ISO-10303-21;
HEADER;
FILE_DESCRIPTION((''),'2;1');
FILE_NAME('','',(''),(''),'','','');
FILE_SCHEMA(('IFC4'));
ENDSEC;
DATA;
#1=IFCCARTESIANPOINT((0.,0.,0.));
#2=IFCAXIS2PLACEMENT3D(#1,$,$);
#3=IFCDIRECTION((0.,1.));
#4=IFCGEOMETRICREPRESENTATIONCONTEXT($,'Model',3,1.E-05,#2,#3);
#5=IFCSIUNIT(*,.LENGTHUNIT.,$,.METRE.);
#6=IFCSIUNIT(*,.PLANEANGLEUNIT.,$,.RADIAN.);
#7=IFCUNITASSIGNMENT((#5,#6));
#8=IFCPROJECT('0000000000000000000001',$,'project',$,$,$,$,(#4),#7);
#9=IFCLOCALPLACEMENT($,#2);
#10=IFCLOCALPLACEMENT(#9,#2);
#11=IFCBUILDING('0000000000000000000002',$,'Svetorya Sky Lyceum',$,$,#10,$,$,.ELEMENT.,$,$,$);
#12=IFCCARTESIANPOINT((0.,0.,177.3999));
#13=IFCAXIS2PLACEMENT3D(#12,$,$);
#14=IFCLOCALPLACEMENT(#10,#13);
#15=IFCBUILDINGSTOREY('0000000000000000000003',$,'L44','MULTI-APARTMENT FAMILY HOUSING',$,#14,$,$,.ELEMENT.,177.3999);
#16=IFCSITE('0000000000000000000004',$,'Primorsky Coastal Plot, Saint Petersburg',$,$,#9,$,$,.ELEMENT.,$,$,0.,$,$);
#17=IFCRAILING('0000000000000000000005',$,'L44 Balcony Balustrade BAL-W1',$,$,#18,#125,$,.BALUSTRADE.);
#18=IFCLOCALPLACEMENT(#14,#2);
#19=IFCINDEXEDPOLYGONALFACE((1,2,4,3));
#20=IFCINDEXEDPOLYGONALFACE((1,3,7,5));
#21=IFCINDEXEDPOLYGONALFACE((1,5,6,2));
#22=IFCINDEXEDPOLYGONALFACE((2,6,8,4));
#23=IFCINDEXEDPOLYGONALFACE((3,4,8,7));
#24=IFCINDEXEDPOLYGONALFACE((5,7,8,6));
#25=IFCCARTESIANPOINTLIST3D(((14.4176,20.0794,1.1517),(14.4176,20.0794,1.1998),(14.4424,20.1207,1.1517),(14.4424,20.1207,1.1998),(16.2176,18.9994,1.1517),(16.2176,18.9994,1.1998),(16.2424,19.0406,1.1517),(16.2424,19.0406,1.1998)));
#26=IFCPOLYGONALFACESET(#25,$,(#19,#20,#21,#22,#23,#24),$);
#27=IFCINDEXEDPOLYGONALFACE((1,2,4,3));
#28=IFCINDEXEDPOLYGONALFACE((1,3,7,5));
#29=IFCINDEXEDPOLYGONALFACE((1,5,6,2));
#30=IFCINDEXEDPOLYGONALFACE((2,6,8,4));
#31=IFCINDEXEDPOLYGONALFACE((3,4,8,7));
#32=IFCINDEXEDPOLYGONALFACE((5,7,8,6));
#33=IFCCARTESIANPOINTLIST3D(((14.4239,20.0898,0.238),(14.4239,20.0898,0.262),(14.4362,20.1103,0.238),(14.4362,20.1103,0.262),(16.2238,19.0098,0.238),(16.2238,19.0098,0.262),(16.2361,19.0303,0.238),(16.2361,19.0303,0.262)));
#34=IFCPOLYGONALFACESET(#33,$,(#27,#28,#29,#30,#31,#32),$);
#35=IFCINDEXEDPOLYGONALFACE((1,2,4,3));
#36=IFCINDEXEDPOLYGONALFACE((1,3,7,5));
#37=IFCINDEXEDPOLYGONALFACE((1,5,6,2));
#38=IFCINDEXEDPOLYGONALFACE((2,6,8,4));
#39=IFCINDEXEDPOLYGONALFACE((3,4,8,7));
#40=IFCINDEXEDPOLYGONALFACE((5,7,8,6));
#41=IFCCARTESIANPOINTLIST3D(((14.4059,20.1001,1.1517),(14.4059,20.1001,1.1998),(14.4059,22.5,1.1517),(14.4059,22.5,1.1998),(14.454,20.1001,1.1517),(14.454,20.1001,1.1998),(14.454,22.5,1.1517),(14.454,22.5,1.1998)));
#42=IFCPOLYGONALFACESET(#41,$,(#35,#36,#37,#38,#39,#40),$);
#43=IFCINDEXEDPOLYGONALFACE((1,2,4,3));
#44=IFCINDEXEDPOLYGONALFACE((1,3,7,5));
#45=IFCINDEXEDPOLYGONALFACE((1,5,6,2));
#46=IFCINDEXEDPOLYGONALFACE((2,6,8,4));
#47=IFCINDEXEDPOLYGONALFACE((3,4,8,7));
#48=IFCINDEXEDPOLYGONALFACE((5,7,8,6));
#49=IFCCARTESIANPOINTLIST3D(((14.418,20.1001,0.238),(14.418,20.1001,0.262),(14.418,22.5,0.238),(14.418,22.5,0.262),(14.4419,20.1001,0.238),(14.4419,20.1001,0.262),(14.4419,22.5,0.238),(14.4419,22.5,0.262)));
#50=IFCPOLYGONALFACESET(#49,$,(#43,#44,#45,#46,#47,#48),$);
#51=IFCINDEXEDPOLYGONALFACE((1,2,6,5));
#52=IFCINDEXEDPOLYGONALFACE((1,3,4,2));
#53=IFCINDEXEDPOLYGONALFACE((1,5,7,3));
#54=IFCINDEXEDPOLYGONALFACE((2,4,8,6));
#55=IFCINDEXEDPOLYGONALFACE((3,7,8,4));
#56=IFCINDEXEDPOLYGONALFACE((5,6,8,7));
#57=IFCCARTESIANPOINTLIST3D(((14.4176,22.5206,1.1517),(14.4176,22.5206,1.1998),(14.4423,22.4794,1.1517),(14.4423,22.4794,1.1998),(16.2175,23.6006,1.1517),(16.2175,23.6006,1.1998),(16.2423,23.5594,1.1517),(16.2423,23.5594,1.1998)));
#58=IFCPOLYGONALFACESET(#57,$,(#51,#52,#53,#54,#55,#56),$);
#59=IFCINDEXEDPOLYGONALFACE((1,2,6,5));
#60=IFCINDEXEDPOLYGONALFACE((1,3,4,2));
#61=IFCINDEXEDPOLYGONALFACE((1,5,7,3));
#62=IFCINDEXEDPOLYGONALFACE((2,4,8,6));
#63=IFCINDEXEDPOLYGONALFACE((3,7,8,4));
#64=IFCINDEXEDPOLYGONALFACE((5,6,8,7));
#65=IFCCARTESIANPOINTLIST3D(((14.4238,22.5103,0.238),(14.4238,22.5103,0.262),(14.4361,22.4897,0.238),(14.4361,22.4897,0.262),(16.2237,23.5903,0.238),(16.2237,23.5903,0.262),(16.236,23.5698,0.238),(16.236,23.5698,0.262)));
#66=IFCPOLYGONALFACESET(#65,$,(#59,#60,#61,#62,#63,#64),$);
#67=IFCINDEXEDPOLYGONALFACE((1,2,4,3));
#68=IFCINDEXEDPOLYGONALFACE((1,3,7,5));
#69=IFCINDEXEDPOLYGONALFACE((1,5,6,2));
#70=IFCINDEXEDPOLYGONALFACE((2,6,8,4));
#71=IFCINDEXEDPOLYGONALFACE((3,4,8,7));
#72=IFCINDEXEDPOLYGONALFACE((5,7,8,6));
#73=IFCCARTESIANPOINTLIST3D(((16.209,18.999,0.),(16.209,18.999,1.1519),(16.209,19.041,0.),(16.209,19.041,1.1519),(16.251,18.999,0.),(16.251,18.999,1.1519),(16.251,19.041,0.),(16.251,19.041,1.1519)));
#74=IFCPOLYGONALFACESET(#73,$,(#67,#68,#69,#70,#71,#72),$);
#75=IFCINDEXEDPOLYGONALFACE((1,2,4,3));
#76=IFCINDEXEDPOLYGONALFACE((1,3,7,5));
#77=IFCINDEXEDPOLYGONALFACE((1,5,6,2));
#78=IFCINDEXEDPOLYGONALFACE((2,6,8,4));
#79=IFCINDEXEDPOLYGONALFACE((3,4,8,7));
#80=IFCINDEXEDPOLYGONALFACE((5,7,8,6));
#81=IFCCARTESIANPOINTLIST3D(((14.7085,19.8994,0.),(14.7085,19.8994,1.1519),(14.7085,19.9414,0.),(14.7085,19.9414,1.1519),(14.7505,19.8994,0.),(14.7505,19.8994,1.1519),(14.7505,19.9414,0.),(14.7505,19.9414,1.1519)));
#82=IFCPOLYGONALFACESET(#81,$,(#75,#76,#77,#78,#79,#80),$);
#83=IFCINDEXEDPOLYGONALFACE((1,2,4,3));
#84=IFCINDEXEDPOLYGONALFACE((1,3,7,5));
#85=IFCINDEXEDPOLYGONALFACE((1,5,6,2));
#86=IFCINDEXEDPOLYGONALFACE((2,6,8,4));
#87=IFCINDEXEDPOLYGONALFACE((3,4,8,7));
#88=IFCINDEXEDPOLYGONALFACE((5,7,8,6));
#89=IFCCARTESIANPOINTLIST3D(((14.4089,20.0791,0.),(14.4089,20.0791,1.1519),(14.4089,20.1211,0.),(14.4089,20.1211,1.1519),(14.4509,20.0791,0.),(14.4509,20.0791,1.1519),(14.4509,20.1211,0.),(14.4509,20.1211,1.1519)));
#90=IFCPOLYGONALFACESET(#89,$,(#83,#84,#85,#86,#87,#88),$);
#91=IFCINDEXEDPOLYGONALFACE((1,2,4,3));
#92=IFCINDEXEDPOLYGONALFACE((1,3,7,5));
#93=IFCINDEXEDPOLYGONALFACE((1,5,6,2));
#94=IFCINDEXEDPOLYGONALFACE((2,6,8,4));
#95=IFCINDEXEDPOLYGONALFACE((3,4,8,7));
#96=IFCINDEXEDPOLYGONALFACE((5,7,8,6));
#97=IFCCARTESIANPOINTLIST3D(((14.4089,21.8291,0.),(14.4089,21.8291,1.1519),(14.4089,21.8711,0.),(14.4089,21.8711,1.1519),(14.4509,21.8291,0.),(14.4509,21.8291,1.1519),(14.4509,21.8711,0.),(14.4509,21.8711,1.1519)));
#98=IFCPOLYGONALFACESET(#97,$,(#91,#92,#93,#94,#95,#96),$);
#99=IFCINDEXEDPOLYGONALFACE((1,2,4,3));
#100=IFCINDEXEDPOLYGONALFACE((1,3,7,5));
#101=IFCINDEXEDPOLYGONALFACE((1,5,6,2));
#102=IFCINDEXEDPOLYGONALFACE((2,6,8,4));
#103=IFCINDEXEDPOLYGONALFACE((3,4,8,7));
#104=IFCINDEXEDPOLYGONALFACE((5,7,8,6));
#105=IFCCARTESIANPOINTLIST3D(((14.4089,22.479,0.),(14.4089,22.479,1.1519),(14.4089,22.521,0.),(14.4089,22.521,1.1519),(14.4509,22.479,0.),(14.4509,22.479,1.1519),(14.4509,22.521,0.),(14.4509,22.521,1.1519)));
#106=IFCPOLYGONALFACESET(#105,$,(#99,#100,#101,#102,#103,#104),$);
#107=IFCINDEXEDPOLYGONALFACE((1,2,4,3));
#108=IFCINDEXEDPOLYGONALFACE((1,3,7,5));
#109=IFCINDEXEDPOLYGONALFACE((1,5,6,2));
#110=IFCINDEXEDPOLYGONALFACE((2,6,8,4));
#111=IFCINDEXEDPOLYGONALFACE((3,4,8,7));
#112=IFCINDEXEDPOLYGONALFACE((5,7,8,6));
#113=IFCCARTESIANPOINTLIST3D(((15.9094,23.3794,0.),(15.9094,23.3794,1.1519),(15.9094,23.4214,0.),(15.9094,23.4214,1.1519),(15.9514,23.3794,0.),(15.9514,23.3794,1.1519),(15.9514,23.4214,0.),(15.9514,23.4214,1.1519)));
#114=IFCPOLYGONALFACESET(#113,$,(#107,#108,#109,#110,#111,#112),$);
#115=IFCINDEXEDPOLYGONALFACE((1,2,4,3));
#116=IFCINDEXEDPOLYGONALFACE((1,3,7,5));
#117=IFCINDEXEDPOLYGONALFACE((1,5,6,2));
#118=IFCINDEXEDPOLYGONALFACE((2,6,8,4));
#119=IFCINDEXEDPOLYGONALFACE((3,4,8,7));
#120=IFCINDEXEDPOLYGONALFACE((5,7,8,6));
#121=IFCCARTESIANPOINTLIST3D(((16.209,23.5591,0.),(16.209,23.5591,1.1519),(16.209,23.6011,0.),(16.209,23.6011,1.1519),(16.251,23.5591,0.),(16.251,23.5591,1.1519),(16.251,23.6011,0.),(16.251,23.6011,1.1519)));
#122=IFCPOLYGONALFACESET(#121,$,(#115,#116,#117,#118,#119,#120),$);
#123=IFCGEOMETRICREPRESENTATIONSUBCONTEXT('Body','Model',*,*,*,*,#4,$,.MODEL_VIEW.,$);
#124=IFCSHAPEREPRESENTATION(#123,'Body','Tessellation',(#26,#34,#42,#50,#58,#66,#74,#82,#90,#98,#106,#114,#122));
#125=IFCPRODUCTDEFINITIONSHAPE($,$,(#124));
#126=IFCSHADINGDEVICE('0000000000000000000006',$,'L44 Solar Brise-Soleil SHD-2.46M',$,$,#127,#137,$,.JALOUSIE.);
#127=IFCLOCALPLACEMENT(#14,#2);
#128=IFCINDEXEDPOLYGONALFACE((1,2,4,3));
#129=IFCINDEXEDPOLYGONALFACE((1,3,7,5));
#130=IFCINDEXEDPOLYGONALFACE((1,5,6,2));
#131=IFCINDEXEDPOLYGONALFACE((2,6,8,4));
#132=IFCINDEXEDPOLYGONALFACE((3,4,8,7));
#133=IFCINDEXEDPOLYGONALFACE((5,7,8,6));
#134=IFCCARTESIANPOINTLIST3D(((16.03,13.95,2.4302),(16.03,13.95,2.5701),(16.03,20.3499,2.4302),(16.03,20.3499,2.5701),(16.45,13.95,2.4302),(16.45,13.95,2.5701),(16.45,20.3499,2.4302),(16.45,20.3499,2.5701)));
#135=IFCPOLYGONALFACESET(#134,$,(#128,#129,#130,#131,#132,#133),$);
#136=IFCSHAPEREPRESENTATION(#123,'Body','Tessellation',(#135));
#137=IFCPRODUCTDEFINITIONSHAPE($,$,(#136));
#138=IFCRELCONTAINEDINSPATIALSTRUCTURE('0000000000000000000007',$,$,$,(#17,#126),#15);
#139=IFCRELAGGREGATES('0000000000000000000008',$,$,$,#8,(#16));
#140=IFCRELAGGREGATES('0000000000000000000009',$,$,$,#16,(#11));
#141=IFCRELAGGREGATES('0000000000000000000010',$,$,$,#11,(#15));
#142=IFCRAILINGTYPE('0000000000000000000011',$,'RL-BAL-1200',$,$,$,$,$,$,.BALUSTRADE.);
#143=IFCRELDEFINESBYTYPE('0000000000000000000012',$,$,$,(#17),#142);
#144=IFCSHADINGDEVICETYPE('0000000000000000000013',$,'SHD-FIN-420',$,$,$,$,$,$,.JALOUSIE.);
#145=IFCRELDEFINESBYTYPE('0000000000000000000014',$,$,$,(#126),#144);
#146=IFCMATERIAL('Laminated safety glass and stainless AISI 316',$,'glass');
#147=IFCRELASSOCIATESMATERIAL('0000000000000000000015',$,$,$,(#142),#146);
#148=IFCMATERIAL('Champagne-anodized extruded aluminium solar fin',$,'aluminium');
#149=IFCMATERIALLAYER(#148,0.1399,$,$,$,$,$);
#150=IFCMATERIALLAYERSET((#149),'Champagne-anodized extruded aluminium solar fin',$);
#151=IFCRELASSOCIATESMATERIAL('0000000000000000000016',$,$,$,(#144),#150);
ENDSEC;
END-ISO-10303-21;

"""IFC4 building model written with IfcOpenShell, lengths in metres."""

from ifc_helpers import new_model, si_unit, direction, frame, origin, origin_2d, place, context, subcontext, project, spatial, rectangle, extrude, material, layer, layer_set, type_object, element, save


model = new_model("IFC4")

# Units and contexts
model_context = context("Model", 3, precision=1e-05, world=origin(), true_north=direction((0.0, 1.0)))
body_context = subcontext(model_context, "Body", "Model", "MODEL_VIEW")
ifc_project = project(units=[si_unit("LENGTHUNIT", "METRE"), si_unit("PLANEANGLEUNIT", "RADIAN")], contexts=[model_context])

# Site, building, storey
site_placement = place(None, origin())
site = spatial("IfcSite", under=ifc_project, at=site_placement, Name="Primorsky Coastal Plot, Saint Petersburg", CompositionType="ELEMENT", RefElevation=0.0)
building_placement = place(site_placement, origin())
building = spatial("IfcBuilding", under=site, at=building_placement, Name="Svetorya Sky Lyceum", CompositionType="ELEMENT")
storey_placement = place(building_placement, frame((0.0, 0.0, 177.3999)))
storey = spatial("IfcBuildingStorey", under=building, at=storey_placement, Name="L44", Description="MULTI-APARTMENT FAMILY HOUSING", CompositionType="ELEMENT", Elevation=177.3999)

# Railing
ifc_material_1 = material(Name="Laminated safety glass and stainless AISI 316", Category="glass")
railing_type = type_object("IfcRailingType", Name="RL-BAL-1200", PredefinedType="BALUSTRADE", material=ifc_material_1)
railing_placement = place(storey_placement, frame((16.23, 19.02, 0.0)))
element("IfcRailing", 1, at=railing_placement, inside=storey, type_object=railing_type, Name="L44 Balcony Balustrade BAL-W1", PredefinedType="BALUSTRADE", context=body_context, shape_type="SweptSolid", body=[
    extrude(rectangle(XDim=0.0481, YDim=0.0481, at=origin_2d()), frame((0.0, 0.0, 1.1758), z_axis=(-0.857483, 0.514513, 0.0), x_axis=(-0.514513, -0.857483, 0.0)), (0.0, 0.0, 1.0), 2.0991),
    extrude(rectangle(XDim=0.0239, YDim=0.0239, at=origin_2d()), frame((0.0, 0.0, 0.25), z_axis=(-0.857483, 0.514513, 0.0), x_axis=(-0.514513, -0.857483, 0.0)), (0.0, 0.0, 1.0), 2.0991),
    extrude(rectangle(XDim=0.0481, YDim=0.0481, at=origin_2d()), frame((-1.8, 1.0801, 1.1758), z_axis=(0.0, 1.0, 0.0), x_axis=(-1.0, 0.0, 0.0)), (0.0, 0.0, 1.0), 2.3999),
    extrude(rectangle(XDim=0.0239, YDim=0.0239, at=origin_2d()), frame((-1.8, 1.0801, 0.25), z_axis=(0.0, 1.0, 0.0), x_axis=(-1.0, 0.0, 0.0)), (0.0, 0.0, 1.0), 2.3999),
    extrude(rectangle(XDim=0.0481, YDim=0.0481, at=origin_2d()), frame((-1.8, 3.48, 1.1758), z_axis=(0.857483, 0.514513, 0.0), x_axis=(-0.514513, 0.857483, 0.0)), (0.0, 0.0, 1.0), 2.0991),
    extrude(rectangle(XDim=0.0239, YDim=0.0239, at=origin_2d()), frame((-1.8, 3.48, 0.25), z_axis=(0.857483, 0.514513, 0.0), x_axis=(-0.514513, 0.857483, 0.0)), (0.0, 0.0, 1.0), 2.0991),
    extrude(rectangle(XDim=0.042, YDim=0.042, at=origin_2d()), origin(), (0.0, 0.0, 1.0), 1.1519),
    extrude(rectangle(XDim=0.042, YDim=0.042, at=origin_2d()), frame((-1.5005, 0.9004, 0.0)), (0.0, 0.0, 1.0), 1.1519),
    extrude(rectangle(XDim=0.042, YDim=0.042, at=origin_2d()), frame((-1.8, 1.0801, 0.0)), (0.0, 0.0, 1.0), 1.1519),
    extrude(rectangle(XDim=0.042, YDim=0.042, at=origin_2d()), frame((-1.8, 2.8301, 0.0)), (0.0, 0.0, 1.0), 1.1519),
    extrude(rectangle(XDim=0.042, YDim=0.042, at=origin_2d()), frame((-1.8, 3.48, 0.0)), (0.0, 0.0, 1.0), 1.1519),
    extrude(rectangle(XDim=0.042, YDim=0.042, at=origin_2d()), frame((-0.2996, 4.3804, 0.0)), (0.0, 0.0, 1.0), 1.1519),
    extrude(rectangle(XDim=0.042, YDim=0.042, at=origin_2d()), frame((0.0, 4.5601, 0.0)), (0.0, 0.0, 1.0), 1.1519),
])

# Shading device
ifc_material_2 = material(Name="Champagne-anodized extruded aluminium solar fin", Category="aluminium")
ifc_layer_1 = layer(ifc_material_2, 0.1399)
ifc_layer_set_1 = layer_set([ifc_layer_1], Name="Champagne-anodized extruded aluminium solar fin")
shading_device_type = type_object("IfcShadingDeviceType", Name="SHD-FIN-420", PredefinedType="JALOUSIE", material=ifc_layer_set_1)
shading_device_placement = place(storey_placement, frame((16.24, 17.1499, 2.4302), z_axis=(0.0, 0.0, 1.0), x_axis=(1.0, 0.0, 0.0)))
element("IfcShadingDevice", 2, at=shading_device_placement, inside=storey, type_object=shading_device_type, Name="L44 Solar Brise-Soleil SHD-2.46M", PredefinedType="JALOUSIE", context=body_context, shape_type="SweptSolid", body=[
    extrude(rectangle(XDim=0.4199, YDim=6.3999, at=origin_2d()), origin(), (0.0, 0.0, 1.0), 0.1399),
])

save(model, "model.ifc")
